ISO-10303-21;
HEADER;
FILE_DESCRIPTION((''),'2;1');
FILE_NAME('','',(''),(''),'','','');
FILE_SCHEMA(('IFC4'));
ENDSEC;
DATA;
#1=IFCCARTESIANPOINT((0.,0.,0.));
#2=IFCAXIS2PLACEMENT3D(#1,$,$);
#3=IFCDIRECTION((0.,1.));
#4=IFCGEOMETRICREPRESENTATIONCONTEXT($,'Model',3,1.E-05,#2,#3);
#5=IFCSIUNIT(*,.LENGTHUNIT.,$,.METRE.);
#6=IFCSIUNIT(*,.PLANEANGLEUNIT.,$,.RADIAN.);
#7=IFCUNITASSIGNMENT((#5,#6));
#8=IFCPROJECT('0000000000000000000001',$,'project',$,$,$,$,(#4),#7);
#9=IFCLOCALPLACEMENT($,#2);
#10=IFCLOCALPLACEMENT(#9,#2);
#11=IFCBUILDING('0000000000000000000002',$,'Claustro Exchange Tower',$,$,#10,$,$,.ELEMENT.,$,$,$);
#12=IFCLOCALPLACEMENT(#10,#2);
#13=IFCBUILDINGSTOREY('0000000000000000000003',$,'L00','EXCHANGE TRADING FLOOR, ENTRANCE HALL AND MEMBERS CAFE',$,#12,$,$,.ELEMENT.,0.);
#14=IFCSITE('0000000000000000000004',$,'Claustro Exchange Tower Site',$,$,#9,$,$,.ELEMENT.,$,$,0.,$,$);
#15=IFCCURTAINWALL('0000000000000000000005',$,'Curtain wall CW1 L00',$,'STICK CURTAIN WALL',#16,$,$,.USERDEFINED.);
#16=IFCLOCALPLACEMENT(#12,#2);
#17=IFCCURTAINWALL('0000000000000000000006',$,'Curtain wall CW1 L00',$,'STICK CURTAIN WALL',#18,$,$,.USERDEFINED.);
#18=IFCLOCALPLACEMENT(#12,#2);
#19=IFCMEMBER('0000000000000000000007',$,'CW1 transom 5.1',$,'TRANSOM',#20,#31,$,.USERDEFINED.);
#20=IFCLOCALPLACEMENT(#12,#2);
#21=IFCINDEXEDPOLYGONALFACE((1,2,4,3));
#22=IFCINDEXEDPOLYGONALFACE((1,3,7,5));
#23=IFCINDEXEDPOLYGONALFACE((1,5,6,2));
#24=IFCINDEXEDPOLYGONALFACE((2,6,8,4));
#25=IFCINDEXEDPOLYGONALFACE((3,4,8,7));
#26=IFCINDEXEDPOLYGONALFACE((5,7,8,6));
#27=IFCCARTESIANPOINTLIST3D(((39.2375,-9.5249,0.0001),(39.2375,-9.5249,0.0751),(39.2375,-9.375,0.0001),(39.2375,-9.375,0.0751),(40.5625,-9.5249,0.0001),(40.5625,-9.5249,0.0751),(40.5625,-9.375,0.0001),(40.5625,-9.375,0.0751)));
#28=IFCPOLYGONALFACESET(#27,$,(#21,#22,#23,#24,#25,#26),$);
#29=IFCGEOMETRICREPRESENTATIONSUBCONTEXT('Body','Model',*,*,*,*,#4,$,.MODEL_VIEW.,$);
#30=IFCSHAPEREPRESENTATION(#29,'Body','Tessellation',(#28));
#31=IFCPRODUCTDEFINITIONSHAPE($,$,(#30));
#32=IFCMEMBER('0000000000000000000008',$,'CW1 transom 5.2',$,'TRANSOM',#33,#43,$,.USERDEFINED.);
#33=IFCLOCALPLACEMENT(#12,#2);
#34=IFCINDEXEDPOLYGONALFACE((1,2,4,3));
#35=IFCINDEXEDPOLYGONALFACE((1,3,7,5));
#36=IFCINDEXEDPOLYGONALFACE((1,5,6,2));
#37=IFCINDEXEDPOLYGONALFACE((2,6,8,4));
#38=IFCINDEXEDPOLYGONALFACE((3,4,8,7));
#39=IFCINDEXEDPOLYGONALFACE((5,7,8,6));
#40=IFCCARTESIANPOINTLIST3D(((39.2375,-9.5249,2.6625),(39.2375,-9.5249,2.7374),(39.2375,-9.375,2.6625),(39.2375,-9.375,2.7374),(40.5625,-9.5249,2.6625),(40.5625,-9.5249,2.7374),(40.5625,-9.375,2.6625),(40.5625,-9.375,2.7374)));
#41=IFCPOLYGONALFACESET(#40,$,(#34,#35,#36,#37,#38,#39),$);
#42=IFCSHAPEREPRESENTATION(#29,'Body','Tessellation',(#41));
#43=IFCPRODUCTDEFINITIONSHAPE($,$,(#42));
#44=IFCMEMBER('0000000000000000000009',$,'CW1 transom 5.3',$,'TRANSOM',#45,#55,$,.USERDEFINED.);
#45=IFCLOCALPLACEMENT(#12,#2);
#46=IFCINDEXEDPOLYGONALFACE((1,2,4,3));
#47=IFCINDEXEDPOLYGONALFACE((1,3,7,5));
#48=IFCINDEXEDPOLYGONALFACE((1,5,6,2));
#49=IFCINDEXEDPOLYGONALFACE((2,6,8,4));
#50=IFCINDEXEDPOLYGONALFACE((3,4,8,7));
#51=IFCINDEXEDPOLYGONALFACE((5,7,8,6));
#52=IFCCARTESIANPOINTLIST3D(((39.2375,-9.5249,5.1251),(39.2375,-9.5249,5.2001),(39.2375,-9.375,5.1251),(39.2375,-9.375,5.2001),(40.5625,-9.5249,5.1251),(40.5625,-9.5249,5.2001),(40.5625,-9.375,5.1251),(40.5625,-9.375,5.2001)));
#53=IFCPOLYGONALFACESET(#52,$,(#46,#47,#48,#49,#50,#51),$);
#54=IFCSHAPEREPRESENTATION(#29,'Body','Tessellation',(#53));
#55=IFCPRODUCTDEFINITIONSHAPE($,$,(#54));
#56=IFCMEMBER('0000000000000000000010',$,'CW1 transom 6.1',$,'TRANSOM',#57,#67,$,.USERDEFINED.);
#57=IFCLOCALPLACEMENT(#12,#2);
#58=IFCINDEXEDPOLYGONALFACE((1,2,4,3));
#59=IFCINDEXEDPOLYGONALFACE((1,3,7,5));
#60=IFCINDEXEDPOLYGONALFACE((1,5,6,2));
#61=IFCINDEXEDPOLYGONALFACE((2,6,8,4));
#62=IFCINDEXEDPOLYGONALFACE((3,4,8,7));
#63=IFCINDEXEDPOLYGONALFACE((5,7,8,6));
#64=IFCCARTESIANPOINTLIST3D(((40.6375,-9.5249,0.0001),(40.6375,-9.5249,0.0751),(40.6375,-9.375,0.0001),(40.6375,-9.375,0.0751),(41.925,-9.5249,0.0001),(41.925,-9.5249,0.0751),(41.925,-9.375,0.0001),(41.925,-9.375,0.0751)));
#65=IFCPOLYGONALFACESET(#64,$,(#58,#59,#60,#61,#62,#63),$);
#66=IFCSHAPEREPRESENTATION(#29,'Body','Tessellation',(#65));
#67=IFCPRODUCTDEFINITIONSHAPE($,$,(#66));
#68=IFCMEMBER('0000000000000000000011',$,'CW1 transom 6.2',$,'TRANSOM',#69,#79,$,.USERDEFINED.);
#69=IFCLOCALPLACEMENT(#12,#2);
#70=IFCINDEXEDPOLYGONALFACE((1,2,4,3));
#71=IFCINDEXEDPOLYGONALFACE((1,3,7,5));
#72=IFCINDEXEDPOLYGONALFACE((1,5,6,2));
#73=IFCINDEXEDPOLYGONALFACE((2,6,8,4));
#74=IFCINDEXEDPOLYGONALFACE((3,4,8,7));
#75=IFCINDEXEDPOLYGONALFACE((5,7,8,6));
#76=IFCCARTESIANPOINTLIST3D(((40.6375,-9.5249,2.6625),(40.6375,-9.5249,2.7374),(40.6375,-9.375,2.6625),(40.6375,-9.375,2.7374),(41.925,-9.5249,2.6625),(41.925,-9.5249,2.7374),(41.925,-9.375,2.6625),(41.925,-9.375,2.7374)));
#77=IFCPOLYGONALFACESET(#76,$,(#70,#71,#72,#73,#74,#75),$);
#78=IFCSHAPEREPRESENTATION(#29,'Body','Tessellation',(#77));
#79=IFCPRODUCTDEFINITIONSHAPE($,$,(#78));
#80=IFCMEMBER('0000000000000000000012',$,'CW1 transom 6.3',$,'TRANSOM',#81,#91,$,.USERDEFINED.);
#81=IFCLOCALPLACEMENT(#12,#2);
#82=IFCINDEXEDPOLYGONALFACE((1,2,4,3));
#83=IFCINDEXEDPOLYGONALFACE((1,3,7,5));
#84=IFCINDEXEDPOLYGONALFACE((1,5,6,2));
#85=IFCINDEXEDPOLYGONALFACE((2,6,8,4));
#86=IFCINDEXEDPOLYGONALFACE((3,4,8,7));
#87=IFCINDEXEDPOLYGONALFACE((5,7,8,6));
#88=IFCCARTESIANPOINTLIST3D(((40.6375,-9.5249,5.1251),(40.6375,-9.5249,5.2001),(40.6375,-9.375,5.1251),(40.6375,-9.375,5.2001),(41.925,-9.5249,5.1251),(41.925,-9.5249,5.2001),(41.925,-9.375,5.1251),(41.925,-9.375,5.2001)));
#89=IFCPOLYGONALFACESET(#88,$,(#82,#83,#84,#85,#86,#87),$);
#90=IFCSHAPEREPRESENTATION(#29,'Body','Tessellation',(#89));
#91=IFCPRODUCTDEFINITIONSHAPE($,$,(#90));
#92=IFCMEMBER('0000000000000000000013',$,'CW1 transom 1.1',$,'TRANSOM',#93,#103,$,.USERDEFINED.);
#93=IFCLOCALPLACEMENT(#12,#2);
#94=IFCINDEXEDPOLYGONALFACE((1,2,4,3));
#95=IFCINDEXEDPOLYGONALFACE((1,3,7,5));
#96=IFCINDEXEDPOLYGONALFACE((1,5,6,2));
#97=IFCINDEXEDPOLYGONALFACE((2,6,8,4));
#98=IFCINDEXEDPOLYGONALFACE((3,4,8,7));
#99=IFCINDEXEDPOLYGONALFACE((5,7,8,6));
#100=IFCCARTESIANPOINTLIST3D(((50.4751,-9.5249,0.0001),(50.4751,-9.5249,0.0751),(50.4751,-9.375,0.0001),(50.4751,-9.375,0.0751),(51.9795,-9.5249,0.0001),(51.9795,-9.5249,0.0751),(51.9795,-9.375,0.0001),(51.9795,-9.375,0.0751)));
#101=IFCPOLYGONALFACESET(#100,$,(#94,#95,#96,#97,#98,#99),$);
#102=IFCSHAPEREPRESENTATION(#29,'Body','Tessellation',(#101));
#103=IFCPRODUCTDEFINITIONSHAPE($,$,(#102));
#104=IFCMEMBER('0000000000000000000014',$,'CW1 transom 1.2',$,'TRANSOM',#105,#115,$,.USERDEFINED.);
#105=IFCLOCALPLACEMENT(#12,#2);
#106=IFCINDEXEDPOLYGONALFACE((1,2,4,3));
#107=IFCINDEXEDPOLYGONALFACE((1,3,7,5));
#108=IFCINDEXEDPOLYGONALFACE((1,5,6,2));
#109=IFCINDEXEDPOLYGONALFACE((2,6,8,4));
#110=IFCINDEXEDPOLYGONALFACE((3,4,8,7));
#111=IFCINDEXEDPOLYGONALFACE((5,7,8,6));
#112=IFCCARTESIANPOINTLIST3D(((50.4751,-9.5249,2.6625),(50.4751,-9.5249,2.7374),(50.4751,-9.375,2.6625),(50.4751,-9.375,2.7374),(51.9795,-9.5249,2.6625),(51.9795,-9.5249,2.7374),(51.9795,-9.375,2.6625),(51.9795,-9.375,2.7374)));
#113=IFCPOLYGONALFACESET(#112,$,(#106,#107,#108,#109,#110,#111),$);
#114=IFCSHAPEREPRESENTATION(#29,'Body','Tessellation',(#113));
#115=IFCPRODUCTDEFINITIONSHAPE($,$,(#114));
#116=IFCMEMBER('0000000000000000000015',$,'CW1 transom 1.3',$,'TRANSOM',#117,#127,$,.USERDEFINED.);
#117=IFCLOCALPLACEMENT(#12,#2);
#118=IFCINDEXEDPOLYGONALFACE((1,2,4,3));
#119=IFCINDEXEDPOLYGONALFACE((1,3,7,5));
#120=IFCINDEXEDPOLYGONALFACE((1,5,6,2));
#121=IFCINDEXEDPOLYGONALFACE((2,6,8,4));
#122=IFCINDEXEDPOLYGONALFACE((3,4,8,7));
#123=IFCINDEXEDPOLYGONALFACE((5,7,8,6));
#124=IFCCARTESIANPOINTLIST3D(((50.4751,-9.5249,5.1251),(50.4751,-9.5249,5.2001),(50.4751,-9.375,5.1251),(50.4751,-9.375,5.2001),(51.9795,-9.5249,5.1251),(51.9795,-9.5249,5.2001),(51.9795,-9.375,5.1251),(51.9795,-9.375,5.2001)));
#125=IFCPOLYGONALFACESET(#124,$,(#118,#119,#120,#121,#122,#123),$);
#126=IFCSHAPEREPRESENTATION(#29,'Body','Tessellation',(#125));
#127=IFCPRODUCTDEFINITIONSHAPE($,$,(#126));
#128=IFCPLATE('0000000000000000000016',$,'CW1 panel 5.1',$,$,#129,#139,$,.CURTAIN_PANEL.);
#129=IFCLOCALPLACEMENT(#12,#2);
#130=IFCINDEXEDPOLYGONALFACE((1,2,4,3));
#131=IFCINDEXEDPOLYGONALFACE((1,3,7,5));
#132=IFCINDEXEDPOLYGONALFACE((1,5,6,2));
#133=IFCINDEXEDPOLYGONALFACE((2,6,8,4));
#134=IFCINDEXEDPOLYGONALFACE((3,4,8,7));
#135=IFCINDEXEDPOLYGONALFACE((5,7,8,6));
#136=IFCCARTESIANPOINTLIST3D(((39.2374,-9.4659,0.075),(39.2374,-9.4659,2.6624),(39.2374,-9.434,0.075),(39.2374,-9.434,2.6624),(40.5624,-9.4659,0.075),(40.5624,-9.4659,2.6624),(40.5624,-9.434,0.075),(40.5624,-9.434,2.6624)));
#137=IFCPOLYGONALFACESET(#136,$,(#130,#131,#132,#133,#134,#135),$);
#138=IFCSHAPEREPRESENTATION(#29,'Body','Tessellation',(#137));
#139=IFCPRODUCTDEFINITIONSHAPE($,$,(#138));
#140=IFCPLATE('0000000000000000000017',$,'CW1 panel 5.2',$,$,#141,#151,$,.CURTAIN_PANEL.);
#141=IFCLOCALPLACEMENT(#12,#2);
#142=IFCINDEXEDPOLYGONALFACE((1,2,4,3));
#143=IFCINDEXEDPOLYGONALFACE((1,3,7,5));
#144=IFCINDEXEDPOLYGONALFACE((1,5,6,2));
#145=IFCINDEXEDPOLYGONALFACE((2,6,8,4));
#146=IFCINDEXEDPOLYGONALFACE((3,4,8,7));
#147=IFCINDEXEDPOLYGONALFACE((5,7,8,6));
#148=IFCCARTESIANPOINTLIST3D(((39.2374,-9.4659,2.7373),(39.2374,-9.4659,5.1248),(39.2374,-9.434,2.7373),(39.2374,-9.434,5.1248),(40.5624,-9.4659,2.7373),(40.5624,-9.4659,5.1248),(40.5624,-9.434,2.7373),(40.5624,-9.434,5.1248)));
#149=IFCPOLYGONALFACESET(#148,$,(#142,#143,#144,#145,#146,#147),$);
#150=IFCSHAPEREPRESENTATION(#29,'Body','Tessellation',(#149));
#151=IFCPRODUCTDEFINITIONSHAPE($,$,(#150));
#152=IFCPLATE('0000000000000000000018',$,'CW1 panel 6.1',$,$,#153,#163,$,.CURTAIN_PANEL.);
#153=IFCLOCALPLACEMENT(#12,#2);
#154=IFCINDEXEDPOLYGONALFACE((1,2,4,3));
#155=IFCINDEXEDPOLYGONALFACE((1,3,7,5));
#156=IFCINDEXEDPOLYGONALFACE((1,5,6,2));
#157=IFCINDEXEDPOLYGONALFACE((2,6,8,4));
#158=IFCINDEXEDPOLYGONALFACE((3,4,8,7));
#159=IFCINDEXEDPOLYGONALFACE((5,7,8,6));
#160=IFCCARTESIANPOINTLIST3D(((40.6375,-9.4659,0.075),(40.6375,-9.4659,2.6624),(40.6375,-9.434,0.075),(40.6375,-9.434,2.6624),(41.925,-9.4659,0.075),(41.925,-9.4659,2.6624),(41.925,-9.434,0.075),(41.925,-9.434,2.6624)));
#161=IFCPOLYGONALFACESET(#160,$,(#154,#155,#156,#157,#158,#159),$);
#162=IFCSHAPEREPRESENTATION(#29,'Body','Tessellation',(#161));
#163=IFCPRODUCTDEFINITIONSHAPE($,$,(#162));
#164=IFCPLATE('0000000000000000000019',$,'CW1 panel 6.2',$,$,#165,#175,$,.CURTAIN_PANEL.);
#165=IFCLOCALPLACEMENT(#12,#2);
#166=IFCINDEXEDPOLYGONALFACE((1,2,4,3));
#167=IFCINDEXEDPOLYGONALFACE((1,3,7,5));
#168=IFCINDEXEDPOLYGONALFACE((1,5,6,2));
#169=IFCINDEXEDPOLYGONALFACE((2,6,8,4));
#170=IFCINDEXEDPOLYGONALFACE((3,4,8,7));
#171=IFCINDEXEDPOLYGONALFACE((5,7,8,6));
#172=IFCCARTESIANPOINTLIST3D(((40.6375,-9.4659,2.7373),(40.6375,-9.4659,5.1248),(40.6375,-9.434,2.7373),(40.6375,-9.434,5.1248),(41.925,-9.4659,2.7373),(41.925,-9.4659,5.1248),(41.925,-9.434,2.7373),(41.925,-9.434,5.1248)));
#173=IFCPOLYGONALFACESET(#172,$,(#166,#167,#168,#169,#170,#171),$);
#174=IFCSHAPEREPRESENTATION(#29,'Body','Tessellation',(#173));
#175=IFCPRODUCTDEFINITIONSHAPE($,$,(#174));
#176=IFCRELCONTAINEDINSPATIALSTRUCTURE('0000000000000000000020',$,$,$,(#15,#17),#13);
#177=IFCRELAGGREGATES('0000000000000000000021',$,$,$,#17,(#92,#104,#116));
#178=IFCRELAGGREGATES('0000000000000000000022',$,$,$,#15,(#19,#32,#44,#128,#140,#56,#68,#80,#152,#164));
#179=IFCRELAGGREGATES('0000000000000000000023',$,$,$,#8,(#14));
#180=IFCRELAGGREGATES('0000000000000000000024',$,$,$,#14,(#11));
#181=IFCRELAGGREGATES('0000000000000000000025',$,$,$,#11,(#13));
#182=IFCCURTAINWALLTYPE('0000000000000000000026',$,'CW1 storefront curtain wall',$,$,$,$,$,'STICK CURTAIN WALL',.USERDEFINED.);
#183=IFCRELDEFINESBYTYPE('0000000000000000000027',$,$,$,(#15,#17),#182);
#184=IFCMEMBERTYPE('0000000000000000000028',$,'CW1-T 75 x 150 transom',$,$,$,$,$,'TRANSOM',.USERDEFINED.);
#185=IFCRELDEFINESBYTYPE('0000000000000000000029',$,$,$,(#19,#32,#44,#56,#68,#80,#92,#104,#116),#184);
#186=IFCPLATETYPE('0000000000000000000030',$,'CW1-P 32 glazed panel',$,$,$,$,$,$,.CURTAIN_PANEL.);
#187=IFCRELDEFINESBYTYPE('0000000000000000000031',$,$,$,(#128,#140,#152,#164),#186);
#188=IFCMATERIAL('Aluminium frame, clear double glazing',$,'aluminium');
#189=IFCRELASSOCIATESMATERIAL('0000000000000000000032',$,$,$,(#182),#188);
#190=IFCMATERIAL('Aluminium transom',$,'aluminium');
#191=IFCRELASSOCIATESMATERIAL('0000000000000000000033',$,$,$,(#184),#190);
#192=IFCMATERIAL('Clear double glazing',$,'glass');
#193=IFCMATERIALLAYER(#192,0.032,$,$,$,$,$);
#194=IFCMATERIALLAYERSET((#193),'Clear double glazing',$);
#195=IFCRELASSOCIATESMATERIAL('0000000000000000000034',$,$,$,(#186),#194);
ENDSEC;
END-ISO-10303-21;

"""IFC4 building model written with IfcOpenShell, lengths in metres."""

from ifc_helpers import new_model, si_unit, direction, frame, origin, origin_2d, place, context, subcontext, project, spatial, rectangle, extrude, material, layer, layer_set, material_profile, profile_set, type_object, element, aggregate, save


model = new_model("IFC4")

# Units and contexts
model_context = context("Model", 3, precision=1e-05, world=origin(), true_north=direction((0.0, 1.0)))
body_context = subcontext(model_context, "Body", "Model", "MODEL_VIEW")
ifc_project = project(units=[si_unit("LENGTHUNIT", "METRE"), si_unit("PLANEANGLEUNIT", "RADIAN")], contexts=[model_context])

# Site, building, storey
site_placement = place(None, origin())
site = spatial("IfcSite", under=ifc_project, at=site_placement, Name="Claustro Exchange Tower Site", CompositionType="ELEMENT", RefElevation=0.0)
building_placement = place(site_placement, origin())
building = spatial("IfcBuilding", under=site, at=building_placement, Name="Claustro Exchange Tower", CompositionType="ELEMENT")
storey_placement = place(building_placement, origin())
storey = spatial("IfcBuildingStorey", under=building, at=storey_placement, Name="L00", Description="EXCHANGE TRADING FLOOR, ENTRANCE HALL AND MEMBERS CAFE", CompositionType="ELEMENT", Elevation=0.0)

# Curtain wall
ifc_material_1 = material(Name="Aluminium frame, clear double glazing", Category="aluminium")
curtain_wall_type = type_object("IfcCurtainWallType", Name="CW1 storefront curtain wall", ElementType="STICK CURTAIN WALL", PredefinedType="USERDEFINED", material=ifc_material_1)
curtain_wall_1_placement = place(storey_placement, origin())
curtain_wall_1 = element("IfcCurtainWall", 1, at=curtain_wall_1_placement, inside=storey, type_object=curtain_wall_type, Name="Curtain wall CW1 L00", ObjectType="STICK CURTAIN WALL", PredefinedType="USERDEFINED")

# Curtain wall
curtain_wall_2_placement = place(storey_placement, origin())
curtain_wall_2 = element("IfcCurtainWall", 2, at=curtain_wall_2_placement, inside=storey, type_object=curtain_wall_type, Name="Curtain wall CW1 L00", ObjectType="STICK CURTAIN WALL", PredefinedType="USERDEFINED")

# Members
ifc_material_2 = material(Name="Aluminium transom", Category="aluminium")
ifc_material_profile_1 = material_profile(ifc_material_2, rectangle(XDim=0.1499, YDim=0.075, at=origin_2d()), Name="CW1-T 75x150")
ifc_profile_set_1 = profile_set([ifc_material_profile_1], Name="Aluminium transom")
member_type_1 = type_object("IfcMemberType", Name="CW1-T 75 x 150 transom", ElementType="TRANSOM", PredefinedType="USERDEFINED", material=ifc_profile_set_1)
member_1_placement = place(storey_placement, frame((39.2375, -9.45, 0.0376), z_axis=(1.0, 0.0, 0.0), x_axis=(0.0, 1.0, 0.0)))
member_1 = element("IfcMember", 3, at=member_1_placement, type_object=member_type_1, Name="CW1 transom 5.1", ObjectType="TRANSOM", PredefinedType="USERDEFINED", context=body_context, shape_type="SweptSolid", body=[
    extrude(rectangle(XDim=0.1499, YDim=0.075, at=origin_2d()), origin(), (0.0, 0.0, 1.0), 1.325),
])
member_2_placement = place(storey_placement, frame((39.2375, -9.45, 2.7), z_axis=(1.0, 0.0, 0.0), x_axis=(0.0, 1.0, 0.0)))
member_2 = element("IfcMember", 4, at=member_2_placement, type_object=member_type_1, Name="CW1 transom 5.2", ObjectType="TRANSOM", PredefinedType="USERDEFINED", context=body_context, shape_type="SweptSolid", body=[
    extrude(rectangle(XDim=0.1499, YDim=0.075, at=origin_2d()), origin(), (0.0, 0.0, 1.0), 1.325),
])
member_3_placement = place(storey_placement, frame((39.2375, -9.45, 5.1626), z_axis=(1.0, 0.0, 0.0), x_axis=(0.0, 1.0, 0.0)))
member_3 = element("IfcMember", 5, at=member_3_placement, type_object=member_type_1, Name="CW1 transom 5.3", ObjectType="TRANSOM", PredefinedType="USERDEFINED", context=body_context, shape_type="SweptSolid", body=[
    extrude(rectangle(XDim=0.1499, YDim=0.075, at=origin_2d()), origin(), (0.0, 0.0, 1.0), 1.325),
])
member_4_placement = place(storey_placement, frame((40.6375, -9.45, 0.0376), z_axis=(1.0, 0.0, 0.0), x_axis=(0.0, 1.0, 0.0)))
member_4 = element("IfcMember", 6, at=member_4_placement, type_object=member_type_1, Name="CW1 transom 6.1", ObjectType="TRANSOM", PredefinedType="USERDEFINED", context=body_context, shape_type="SweptSolid", body=[
    extrude(rectangle(XDim=0.1499, YDim=0.075, at=origin_2d()), origin(), (0.0, 0.0, 1.0), 1.2876),
])
member_5_placement = place(storey_placement, frame((40.6375, -9.45, 2.7), z_axis=(1.0, 0.0, 0.0), x_axis=(0.0, 1.0, 0.0)))
member_5 = element("IfcMember", 7, at=member_5_placement, type_object=member_type_1, Name="CW1 transom 6.2", ObjectType="TRANSOM", PredefinedType="USERDEFINED", context=body_context, shape_type="SweptSolid", body=[
    extrude(rectangle(XDim=0.1499, YDim=0.075, at=origin_2d()), origin(), (0.0, 0.0, 1.0), 1.2876),
])
member_6_placement = place(storey_placement, frame((40.6375, -9.45, 5.1626), z_axis=(1.0, 0.0, 0.0), x_axis=(0.0, 1.0, 0.0)))
member_6 = element("IfcMember", 8, at=member_6_placement, type_object=member_type_1, Name="CW1 transom 6.3", ObjectType="TRANSOM", PredefinedType="USERDEFINED", context=body_context, shape_type="SweptSolid", body=[
    extrude(rectangle(XDim=0.1499, YDim=0.075, at=origin_2d()), origin(), (0.0, 0.0, 1.0), 1.2876),
])
member_7_placement = place(storey_placement, frame((50.4751, -9.45, 0.0376), z_axis=(1.0, 0.0, 0.0), x_axis=(0.0, 1.0, 0.0)))
member_7 = element("IfcMember", 9, at=member_7_placement, type_object=member_type_1, Name="CW1 transom 1.1", ObjectType="TRANSOM", PredefinedType="USERDEFINED", context=body_context, shape_type="SweptSolid", body=[
    extrude(rectangle(XDim=0.1499, YDim=0.075, at=origin_2d()), origin(), (0.0, 0.0, 1.0), 1.5044),
])
member_8_placement = place(storey_placement, frame((50.4751, -9.45, 2.7), z_axis=(1.0, 0.0, 0.0), x_axis=(0.0, 1.0, 0.0)))
member_8 = element("IfcMember", 10, at=member_8_placement, type_object=member_type_1, Name="CW1 transom 1.2", ObjectType="TRANSOM", PredefinedType="USERDEFINED", context=body_context, shape_type="SweptSolid", body=[
    extrude(rectangle(XDim=0.1499, YDim=0.075, at=origin_2d()), origin(), (0.0, 0.0, 1.0), 1.5044),
])
member_9_placement = place(storey_placement, frame((50.4751, -9.45, 5.1626), z_axis=(1.0, 0.0, 0.0), x_axis=(0.0, 1.0, 0.0)))
member_9 = element("IfcMember", 11, at=member_9_placement, type_object=member_type_1, Name="CW1 transom 1.3", ObjectType="TRANSOM", PredefinedType="USERDEFINED", context=body_context, shape_type="SweptSolid", body=[
    extrude(rectangle(XDim=0.1499, YDim=0.075, at=origin_2d()), origin(), (0.0, 0.0, 1.0), 1.5044),
])
aggregate(curtain_wall_2, [member_7, member_8, member_9])

# Plates
ifc_material_3 = material(Name="Clear double glazing", Category="glass")
ifc_layer_1 = layer(ifc_material_3, 0.032)
ifc_layer_set_1 = layer_set([ifc_layer_1], Name="Clear double glazing")
plate_type = type_object("IfcPlateType", Name="CW1-P 32 glazed panel", PredefinedType="CURTAIN_PANEL", material=ifc_layer_set_1)
plate_1_placement = place(storey_placement, frame((39.8999, -9.45, 0.075), z_axis=(0.0, 0.0, 1.0), x_axis=(1.0, 0.0, 0.0)))
plate_1 = element("IfcPlate", 12, at=plate_1_placement, type_object=plate_type, Name="CW1 panel 5.1", PredefinedType="CURTAIN_PANEL", context=body_context, shape_type="SweptSolid", body=[
    extrude(rectangle(XDim=1.325, YDim=0.032, at=origin_2d()), origin(), (0.0, 0.0, 1.0), 2.5874),
])
plate_2_placement = place(storey_placement, frame((39.8999, -9.45, 2.7373), z_axis=(0.0, 0.0, 1.0), x_axis=(1.0, 0.0, 0.0)))
plate_2 = element("IfcPlate", 13, at=plate_2_placement, type_object=plate_type, Name="CW1 panel 5.2", PredefinedType="CURTAIN_PANEL", context=body_context, shape_type="SweptSolid", body=[
    extrude(rectangle(XDim=1.325, YDim=0.032, at=origin_2d()), origin(), (0.0, 0.0, 1.0), 2.3875),
])
plate_3_placement = place(storey_placement, frame((41.2812, -9.45, 0.075), z_axis=(0.0, 0.0, 1.0), x_axis=(1.0, 0.0, 0.0)))
plate_3 = element("IfcPlate", 14, at=plate_3_placement, type_object=plate_type, Name="CW1 panel 6.1", PredefinedType="CURTAIN_PANEL", context=body_context, shape_type="SweptSolid", body=[
    extrude(rectangle(XDim=1.2876, YDim=0.032, at=origin_2d()), origin(), (0.0, 0.0, 1.0), 2.5874),
])
plate_4_placement = place(storey_placement, frame((41.2812, -9.45, 2.7373), z_axis=(0.0, 0.0, 1.0), x_axis=(1.0, 0.0, 0.0)))
plate_4 = element("IfcPlate", 15, at=plate_4_placement, type_object=plate_type, Name="CW1 panel 6.2", PredefinedType="CURTAIN_PANEL", context=body_context, shape_type="SweptSolid", body=[
    extrude(rectangle(XDim=1.2876, YDim=0.032, at=origin_2d()), origin(), (0.0, 0.0, 1.0), 2.3875),
])
aggregate(curtain_wall_1, [member_1, member_2, member_3, plate_1, plate_2, member_4, member_5, member_6, plate_3, plate_4])

save(model, "model.ifc")
